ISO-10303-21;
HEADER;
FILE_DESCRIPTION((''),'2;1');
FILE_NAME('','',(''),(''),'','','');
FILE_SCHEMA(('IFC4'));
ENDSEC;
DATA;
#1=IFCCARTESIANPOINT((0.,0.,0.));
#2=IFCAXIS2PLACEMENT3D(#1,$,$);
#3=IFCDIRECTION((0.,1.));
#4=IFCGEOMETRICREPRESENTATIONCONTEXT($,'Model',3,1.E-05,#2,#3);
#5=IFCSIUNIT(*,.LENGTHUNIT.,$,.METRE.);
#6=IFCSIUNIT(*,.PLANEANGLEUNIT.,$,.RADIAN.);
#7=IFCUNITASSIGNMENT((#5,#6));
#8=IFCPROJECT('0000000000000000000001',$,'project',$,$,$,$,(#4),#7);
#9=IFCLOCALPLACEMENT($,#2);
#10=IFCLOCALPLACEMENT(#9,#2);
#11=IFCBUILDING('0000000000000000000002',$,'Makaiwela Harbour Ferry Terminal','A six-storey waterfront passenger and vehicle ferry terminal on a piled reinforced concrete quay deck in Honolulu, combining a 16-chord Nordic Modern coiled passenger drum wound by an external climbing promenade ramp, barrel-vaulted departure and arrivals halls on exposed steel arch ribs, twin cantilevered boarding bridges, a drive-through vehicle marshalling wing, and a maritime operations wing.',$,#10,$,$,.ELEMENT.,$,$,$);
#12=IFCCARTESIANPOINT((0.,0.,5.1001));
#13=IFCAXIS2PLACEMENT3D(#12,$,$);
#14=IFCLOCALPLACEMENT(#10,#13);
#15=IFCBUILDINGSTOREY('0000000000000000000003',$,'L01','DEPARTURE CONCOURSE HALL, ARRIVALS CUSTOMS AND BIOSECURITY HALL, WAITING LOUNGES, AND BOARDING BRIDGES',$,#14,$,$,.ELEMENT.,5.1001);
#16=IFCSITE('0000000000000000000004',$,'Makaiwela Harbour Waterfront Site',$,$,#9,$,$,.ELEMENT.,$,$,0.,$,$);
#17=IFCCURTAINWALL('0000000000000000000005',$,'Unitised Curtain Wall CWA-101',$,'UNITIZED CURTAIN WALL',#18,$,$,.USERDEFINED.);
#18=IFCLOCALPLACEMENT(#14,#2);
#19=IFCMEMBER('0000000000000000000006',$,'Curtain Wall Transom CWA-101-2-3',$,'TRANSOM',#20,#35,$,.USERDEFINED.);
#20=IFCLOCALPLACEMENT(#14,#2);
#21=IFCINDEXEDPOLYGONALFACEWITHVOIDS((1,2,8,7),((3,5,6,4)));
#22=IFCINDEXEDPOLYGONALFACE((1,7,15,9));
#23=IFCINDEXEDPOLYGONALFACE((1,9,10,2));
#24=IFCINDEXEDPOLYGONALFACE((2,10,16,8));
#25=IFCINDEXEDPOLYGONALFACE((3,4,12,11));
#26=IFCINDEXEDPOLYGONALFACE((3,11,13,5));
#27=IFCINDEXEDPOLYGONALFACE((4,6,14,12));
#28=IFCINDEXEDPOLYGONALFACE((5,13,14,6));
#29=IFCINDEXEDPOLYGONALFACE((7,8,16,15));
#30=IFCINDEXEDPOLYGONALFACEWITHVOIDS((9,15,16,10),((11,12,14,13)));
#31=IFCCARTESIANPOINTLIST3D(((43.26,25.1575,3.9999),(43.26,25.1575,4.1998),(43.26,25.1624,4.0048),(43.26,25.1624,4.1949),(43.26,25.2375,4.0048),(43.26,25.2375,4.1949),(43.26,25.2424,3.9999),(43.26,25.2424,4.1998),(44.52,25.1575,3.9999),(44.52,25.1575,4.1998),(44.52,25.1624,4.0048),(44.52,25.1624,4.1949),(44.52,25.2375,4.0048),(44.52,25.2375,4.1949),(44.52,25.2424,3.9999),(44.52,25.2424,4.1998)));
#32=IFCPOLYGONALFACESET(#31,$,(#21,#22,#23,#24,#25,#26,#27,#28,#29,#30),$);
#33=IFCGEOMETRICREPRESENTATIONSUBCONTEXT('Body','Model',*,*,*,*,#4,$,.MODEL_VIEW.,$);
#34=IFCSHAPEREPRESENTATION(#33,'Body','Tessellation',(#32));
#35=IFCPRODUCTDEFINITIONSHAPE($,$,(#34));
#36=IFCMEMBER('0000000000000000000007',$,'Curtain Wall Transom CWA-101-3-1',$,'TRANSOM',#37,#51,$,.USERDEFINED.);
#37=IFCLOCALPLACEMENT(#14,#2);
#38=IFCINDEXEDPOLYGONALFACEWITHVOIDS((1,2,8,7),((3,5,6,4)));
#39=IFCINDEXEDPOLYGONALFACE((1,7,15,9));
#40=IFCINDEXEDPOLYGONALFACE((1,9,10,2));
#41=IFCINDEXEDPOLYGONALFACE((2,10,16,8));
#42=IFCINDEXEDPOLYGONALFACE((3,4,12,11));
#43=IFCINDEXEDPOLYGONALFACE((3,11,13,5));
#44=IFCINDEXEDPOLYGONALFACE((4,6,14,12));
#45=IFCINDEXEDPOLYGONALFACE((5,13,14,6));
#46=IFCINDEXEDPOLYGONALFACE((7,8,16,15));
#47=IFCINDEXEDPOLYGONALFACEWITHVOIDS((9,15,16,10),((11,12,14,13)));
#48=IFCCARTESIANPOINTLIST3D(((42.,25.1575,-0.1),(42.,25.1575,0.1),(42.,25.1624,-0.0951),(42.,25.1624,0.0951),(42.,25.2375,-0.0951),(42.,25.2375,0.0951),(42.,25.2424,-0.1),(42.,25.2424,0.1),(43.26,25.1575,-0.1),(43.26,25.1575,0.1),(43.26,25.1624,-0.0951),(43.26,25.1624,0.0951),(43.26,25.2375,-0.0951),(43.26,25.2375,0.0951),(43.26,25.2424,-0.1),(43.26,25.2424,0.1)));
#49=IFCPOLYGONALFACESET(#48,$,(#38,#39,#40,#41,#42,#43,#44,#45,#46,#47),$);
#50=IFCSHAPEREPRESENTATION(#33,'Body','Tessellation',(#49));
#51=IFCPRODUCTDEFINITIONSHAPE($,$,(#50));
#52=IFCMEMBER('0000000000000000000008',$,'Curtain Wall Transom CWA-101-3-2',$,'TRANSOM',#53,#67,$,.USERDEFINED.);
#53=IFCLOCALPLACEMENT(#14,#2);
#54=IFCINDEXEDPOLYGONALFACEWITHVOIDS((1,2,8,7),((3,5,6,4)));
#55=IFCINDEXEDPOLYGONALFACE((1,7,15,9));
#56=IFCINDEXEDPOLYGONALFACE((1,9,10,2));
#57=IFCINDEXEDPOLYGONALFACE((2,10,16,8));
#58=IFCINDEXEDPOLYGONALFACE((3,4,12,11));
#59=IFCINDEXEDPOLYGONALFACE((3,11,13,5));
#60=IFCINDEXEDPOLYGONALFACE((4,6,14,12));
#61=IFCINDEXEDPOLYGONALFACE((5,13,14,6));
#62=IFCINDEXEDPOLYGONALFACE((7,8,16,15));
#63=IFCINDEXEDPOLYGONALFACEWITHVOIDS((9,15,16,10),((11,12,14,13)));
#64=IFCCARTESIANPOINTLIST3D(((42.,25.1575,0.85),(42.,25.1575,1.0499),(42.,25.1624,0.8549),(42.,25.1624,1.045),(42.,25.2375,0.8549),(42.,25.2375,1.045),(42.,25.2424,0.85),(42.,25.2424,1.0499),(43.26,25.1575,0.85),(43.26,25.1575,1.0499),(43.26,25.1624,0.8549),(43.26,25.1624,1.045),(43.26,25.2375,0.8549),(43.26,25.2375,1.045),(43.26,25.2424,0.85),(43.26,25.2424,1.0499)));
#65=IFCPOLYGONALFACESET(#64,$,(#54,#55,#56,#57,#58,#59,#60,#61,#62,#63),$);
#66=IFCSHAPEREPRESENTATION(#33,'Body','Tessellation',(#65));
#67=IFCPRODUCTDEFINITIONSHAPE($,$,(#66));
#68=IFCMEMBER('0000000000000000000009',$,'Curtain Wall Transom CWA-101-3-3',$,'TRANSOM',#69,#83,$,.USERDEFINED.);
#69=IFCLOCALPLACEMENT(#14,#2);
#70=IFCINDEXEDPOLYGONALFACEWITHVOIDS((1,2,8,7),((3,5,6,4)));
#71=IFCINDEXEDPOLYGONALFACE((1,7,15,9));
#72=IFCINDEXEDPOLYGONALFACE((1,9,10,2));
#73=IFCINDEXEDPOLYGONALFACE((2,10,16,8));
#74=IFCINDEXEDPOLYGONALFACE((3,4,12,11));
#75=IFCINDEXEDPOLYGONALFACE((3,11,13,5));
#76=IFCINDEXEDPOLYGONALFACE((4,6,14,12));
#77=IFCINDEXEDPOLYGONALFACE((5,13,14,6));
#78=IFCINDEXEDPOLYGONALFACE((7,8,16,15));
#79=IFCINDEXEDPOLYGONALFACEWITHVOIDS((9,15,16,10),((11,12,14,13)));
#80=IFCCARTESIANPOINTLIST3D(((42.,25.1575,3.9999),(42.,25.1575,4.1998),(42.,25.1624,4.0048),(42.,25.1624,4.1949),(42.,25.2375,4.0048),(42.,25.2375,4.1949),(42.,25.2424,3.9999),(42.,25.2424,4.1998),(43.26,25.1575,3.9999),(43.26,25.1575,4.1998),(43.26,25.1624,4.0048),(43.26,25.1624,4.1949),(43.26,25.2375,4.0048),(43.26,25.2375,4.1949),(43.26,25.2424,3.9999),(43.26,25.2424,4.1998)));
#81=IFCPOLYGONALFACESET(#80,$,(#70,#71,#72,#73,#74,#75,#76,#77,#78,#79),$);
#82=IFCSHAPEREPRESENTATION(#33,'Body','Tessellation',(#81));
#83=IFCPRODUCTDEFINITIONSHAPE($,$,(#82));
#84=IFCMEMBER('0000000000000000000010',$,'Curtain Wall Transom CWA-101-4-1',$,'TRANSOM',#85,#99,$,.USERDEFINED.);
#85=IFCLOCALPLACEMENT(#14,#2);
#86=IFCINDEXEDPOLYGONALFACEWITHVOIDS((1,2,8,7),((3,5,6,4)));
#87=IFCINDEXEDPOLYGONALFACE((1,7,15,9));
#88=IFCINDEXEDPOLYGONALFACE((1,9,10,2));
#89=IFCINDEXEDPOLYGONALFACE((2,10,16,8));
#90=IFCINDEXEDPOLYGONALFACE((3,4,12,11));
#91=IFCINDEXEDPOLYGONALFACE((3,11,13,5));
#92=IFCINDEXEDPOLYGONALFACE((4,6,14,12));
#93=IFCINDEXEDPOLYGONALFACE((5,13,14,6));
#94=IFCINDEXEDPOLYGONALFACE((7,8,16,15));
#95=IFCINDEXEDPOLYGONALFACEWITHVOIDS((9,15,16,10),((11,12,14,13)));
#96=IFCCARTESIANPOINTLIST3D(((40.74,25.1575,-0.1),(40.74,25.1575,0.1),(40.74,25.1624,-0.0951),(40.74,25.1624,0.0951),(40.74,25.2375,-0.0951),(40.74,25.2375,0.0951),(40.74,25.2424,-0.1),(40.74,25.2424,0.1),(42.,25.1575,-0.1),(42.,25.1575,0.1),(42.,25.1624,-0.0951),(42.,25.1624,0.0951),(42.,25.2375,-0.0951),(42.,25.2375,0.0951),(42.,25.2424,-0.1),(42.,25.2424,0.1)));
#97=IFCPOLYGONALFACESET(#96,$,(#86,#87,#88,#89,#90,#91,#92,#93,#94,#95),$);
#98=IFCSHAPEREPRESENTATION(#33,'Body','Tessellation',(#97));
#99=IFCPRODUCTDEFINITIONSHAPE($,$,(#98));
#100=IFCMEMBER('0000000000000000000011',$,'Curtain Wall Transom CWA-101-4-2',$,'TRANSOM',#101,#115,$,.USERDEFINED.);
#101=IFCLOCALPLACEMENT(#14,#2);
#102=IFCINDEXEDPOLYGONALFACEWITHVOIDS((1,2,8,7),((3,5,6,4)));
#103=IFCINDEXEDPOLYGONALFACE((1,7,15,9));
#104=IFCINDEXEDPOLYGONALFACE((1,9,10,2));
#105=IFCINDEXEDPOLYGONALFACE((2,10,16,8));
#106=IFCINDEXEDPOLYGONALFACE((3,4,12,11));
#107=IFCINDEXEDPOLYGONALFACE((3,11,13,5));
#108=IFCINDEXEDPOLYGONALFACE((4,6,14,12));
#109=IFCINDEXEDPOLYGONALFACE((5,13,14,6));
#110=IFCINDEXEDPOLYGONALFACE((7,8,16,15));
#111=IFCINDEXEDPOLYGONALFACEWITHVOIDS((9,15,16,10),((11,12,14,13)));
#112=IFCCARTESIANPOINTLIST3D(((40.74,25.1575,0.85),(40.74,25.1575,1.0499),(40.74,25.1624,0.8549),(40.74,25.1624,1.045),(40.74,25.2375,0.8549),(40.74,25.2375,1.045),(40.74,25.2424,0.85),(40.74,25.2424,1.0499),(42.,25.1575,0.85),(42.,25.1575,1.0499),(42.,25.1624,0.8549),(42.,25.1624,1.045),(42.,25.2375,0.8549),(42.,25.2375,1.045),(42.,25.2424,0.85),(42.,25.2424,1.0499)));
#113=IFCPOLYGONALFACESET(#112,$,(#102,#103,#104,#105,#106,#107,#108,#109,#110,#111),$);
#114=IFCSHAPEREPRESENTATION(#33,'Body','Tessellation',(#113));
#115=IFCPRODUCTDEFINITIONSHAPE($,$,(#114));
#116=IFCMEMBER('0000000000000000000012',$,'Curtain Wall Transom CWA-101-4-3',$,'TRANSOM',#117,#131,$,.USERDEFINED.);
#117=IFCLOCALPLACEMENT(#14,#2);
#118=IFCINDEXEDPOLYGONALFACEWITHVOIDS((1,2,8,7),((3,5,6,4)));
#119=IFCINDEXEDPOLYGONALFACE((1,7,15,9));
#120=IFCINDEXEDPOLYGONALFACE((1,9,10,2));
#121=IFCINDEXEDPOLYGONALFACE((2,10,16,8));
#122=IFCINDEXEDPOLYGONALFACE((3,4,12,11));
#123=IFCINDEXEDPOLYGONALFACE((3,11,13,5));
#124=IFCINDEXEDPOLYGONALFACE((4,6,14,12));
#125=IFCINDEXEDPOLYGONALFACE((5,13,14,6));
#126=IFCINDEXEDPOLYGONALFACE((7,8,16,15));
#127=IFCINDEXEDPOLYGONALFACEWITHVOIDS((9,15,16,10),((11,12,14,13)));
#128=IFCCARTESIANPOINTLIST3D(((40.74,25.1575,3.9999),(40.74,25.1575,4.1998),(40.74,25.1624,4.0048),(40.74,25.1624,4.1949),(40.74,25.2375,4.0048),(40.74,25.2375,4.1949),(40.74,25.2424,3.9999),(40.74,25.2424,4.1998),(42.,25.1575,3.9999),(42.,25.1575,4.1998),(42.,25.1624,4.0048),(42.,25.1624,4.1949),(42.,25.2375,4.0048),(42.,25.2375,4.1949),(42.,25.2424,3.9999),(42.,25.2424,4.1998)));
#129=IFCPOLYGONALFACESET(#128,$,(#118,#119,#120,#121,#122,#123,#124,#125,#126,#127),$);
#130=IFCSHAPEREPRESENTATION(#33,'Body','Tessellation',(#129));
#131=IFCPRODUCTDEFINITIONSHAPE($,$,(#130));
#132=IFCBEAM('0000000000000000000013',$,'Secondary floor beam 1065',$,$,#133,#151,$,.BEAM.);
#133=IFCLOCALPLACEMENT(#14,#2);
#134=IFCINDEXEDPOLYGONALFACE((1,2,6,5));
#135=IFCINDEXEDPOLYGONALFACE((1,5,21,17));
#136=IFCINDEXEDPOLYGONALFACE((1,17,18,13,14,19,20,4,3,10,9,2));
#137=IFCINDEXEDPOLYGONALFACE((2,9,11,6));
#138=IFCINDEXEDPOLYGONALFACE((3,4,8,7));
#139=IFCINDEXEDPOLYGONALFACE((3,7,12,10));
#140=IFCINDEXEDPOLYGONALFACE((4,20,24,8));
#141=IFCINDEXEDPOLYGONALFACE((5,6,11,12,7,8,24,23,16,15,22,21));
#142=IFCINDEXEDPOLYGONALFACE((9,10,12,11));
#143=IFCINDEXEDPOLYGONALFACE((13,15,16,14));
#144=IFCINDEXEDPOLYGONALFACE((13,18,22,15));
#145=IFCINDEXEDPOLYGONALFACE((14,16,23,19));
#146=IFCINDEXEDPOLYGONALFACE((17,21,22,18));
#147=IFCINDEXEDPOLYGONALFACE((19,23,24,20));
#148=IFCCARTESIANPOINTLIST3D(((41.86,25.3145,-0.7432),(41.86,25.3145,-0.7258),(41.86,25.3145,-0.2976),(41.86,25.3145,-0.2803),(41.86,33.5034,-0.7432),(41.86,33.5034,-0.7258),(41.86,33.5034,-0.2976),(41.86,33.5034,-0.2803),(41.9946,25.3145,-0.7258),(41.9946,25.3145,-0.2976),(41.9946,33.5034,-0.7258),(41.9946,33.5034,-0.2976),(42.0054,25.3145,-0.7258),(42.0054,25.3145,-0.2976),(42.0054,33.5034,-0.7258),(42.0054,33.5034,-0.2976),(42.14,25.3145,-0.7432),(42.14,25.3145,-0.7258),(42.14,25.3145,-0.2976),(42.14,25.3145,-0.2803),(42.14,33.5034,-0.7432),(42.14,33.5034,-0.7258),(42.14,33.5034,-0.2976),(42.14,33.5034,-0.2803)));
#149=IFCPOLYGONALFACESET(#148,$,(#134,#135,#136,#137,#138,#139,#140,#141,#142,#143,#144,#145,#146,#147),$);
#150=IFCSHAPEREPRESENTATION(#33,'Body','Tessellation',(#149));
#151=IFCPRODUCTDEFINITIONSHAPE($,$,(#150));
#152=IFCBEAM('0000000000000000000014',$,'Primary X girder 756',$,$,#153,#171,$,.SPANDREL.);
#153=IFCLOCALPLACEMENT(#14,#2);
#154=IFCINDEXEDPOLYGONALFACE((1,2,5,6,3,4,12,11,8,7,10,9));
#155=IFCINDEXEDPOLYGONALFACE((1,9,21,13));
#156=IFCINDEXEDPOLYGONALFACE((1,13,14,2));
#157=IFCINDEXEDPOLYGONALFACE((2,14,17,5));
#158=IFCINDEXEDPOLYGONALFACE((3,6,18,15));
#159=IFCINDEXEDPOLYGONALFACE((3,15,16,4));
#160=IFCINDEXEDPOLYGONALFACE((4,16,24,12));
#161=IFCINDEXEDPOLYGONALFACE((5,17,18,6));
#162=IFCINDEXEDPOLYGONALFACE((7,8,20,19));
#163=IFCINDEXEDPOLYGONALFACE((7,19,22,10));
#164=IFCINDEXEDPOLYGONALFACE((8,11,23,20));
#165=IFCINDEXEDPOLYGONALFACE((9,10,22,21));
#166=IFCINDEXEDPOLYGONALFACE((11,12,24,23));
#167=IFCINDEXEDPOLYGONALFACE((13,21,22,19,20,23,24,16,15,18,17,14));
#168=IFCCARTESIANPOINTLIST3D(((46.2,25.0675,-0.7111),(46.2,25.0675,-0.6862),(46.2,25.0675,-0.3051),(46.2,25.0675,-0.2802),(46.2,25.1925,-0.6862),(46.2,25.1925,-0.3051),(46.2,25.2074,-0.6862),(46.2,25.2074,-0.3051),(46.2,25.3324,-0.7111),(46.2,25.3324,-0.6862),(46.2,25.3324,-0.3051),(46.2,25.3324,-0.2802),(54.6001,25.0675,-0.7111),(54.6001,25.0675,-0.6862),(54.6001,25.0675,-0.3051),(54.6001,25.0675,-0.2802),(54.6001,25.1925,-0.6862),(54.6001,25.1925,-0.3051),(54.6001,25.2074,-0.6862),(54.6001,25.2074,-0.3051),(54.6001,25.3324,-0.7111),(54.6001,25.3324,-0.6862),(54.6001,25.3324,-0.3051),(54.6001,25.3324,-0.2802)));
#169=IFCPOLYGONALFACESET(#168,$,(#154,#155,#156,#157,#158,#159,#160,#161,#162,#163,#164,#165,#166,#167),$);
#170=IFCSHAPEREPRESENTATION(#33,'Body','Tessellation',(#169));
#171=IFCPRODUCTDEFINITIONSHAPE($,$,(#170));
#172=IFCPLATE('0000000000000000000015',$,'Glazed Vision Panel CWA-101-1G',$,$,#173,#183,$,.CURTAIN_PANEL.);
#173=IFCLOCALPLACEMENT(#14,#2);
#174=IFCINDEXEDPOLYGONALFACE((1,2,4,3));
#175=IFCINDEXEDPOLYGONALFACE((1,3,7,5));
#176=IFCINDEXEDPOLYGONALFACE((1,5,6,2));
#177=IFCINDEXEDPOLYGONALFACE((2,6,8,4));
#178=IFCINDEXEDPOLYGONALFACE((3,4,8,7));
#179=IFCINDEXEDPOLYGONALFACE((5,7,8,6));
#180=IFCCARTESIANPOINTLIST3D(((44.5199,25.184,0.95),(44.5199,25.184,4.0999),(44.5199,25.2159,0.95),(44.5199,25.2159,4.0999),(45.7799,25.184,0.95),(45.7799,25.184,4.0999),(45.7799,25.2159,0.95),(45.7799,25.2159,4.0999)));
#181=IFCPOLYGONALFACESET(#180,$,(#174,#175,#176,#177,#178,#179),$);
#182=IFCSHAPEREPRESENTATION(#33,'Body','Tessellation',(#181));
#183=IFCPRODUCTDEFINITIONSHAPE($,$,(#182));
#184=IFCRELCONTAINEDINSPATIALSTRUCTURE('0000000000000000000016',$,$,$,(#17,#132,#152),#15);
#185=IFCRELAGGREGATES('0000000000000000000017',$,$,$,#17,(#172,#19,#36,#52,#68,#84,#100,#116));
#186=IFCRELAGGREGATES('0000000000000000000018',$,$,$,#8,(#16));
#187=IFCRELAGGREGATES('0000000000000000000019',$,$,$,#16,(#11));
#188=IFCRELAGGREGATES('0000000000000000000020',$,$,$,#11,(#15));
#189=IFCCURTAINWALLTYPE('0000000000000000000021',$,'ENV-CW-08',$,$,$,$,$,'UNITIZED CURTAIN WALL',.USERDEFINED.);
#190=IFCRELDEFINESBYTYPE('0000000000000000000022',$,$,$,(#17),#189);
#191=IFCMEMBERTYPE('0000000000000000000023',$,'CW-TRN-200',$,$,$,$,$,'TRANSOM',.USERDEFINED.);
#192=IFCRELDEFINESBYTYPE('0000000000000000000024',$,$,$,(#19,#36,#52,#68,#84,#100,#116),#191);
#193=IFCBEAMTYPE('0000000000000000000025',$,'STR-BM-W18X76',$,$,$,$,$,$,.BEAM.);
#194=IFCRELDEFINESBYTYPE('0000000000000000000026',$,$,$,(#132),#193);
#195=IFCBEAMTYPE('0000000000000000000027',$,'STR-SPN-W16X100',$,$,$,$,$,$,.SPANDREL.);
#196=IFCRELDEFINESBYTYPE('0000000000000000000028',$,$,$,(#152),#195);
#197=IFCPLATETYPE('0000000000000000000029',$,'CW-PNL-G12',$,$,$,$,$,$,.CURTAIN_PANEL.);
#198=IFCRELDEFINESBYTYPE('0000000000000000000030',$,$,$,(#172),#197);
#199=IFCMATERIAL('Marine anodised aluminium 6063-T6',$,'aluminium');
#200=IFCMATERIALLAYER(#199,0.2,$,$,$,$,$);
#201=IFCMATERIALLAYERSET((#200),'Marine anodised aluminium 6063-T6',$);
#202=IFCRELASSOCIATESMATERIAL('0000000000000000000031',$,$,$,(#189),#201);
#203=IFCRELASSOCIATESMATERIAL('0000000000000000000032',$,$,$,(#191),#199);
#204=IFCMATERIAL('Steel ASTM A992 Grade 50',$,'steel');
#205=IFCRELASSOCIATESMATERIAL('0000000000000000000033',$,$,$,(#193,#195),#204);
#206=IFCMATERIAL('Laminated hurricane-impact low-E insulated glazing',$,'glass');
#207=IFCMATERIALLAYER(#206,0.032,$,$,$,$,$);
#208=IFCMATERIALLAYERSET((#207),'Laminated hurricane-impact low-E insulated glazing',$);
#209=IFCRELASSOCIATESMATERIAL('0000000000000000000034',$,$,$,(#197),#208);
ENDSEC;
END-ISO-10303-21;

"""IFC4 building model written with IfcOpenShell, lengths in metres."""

from ifc_helpers import new_model, si_unit, direction, frame, origin, origin_2d, place, context, subcontext, project, spatial, rectangle, hollow_rectangle, i_section, extrude, material, layer, layer_set, material_profile, profile_set, type_object, element, aggregate, save


model = new_model("IFC4")

# Units and contexts
model_context = context("Model", 3, precision=1e-05, world=origin(), true_north=direction((0.0, 1.0)))
body_context = subcontext(model_context, "Body", "Model", "MODEL_VIEW")
ifc_project = project(units=[si_unit("LENGTHUNIT", "METRE"), si_unit("PLANEANGLEUNIT", "RADIAN")], contexts=[model_context])

# Site, building, storey
site_placement = place(None, origin())
site = spatial("IfcSite", under=ifc_project, at=site_placement, Name="Makaiwela Harbour Waterfront Site", CompositionType="ELEMENT", RefElevation=0.0)
building_placement = place(site_placement, origin())
building = spatial("IfcBuilding", under=site, at=building_placement, Name="Makaiwela Harbour Ferry Terminal", Description="A six-storey waterfront passenger and vehicle ferry terminal on a piled reinforced concrete quay deck in Honolulu, combining a 16-chord Nordic Modern coiled passenger drum wound by an external climbing promenade ramp, barrel-vaulted departure and arrivals halls on exposed steel arch ribs, twin cantilevered boarding bridges, a drive-through vehicle marshalling wing, and a maritime operations wing.", CompositionType="ELEMENT")
storey_placement = place(building_placement, frame((0.0, 0.0, 5.1001)))
storey = spatial("IfcBuildingStorey", under=building, at=storey_placement, Name="L01", Description="DEPARTURE CONCOURSE HALL, ARRIVALS CUSTOMS AND BIOSECURITY HALL, WAITING LOUNGES, AND BOARDING BRIDGES", CompositionType="ELEMENT", Elevation=5.1001)

# Shared definitions
ifc_material_1 = material(Name="Steel ASTM A992 Grade 50", Category="steel")

# Curtain wall, members
ifc_material_2 = material(Name="Marine anodised aluminium 6063-T6", Category="aluminium")
ifc_layer_1 = layer(ifc_material_2, 0.2)
ifc_layer_set_1 = layer_set([ifc_layer_1], Name="Marine anodised aluminium 6063-T6")
curtain_wall_type = type_object("IfcCurtainWallType", Name="ENV-CW-08", ElementType="UNITIZED CURTAIN WALL", PredefinedType="USERDEFINED", material=ifc_layer_set_1)
curtain_wall_placement = place(storey_placement, origin())
curtain_wall = element("IfcCurtainWall", 1, at=curtain_wall_placement, inside=storey, type_object=curtain_wall_type, Name="Unitised Curtain Wall CWA-101", ObjectType="UNITIZED CURTAIN WALL", PredefinedType="USERDEFINED")
ifc_material_profile_1 = material_profile(ifc_material_2, hollow_rectangle(XDim=0.085, YDim=0.2, WallThickness=0.0049, at=origin_2d()), Name="CWT-200X85")
ifc_profile_set_1 = profile_set([ifc_material_profile_1], Name="Marine anodised aluminium 6063-T6")
member_type_1 = type_object("IfcMemberType", Name="CW-TRN-200", ElementType="TRANSOM", PredefinedType="USERDEFINED", material=ifc_profile_set_1)
member_1_placement = place(storey_placement, frame((44.52, 25.2, 4.0999), z_axis=(-1.0, 0.0, 0.0), x_axis=(0.0, -1.0, 0.0)))
member_1 = element("IfcMember", 2, at=member_1_placement, type_object=member_type_1, Name="Curtain Wall Transom CWA-101-2-3", ObjectType="TRANSOM", PredefinedType="USERDEFINED", context=body_context, shape_type="SweptSolid", body=[
    extrude(hollow_rectangle(XDim=0.085, YDim=0.2, WallThickness=0.0049, at=origin_2d()), origin(), (0.0, 0.0, 1.0), 1.26),
])
member_2_placement = place(storey_placement, frame((43.26, 25.2, 0.0), z_axis=(-1.0, 0.0, 0.0), x_axis=(0.0, -1.0, 0.0)))
member_2 = element("IfcMember", 3, at=member_2_placement, type_object=member_type_1, Name="Curtain Wall Transom CWA-101-3-1", ObjectType="TRANSOM", PredefinedType="USERDEFINED", context=body_context, shape_type="SweptSolid", body=[
    extrude(hollow_rectangle(XDim=0.085, YDim=0.2, WallThickness=0.0049, at=origin_2d()), origin(), (0.0, 0.0, 1.0), 1.26),
])
member_3_placement = place(storey_placement, frame((43.26, 25.2, 0.95), z_axis=(-1.0, 0.0, 0.0), x_axis=(0.0, -1.0, 0.0)))
member_3 = element("IfcMember", 4, at=member_3_placement, type_object=member_type_1, Name="Curtain Wall Transom CWA-101-3-2", ObjectType="TRANSOM", PredefinedType="USERDEFINED", context=body_context, shape_type="SweptSolid", body=[
    extrude(hollow_rectangle(XDim=0.085, YDim=0.2, WallThickness=0.0049, at=origin_2d()), origin(), (0.0, 0.0, 1.0), 1.26),
])
member_4_placement = place(storey_placement, frame((43.26, 25.2, 4.0999), z_axis=(-1.0, 0.0, 0.0), x_axis=(0.0, -1.0, 0.0)))
member_4 = element("IfcMember", 5, at=member_4_placement, type_object=member_type_1, Name="Curtain Wall Transom CWA-101-3-3", ObjectType="TRANSOM", PredefinedType="USERDEFINED", context=body_context, shape_type="SweptSolid", body=[
    extrude(hollow_rectangle(XDim=0.085, YDim=0.2, WallThickness=0.0049, at=origin_2d()), origin(), (0.0, 0.0, 1.0), 1.26),
])
member_5_placement = place(storey_placement, frame((42.0, 25.2, 0.0), z_axis=(-1.0, 0.0, 0.0), x_axis=(0.0, -1.0, 0.0)))
member_5 = element("IfcMember", 6, at=member_5_placement, type_object=member_type_1, Name="Curtain Wall Transom CWA-101-4-1", ObjectType="TRANSOM", PredefinedType="USERDEFINED", context=body_context, shape_type="SweptSolid", body=[
    extrude(hollow_rectangle(XDim=0.085, YDim=0.2, WallThickness=0.0049, at=origin_2d()), origin(), (0.0, 0.0, 1.0), 1.26),
])
member_6_placement = place(storey_placement, frame((42.0, 25.2, 0.95), z_axis=(-1.0, 0.0, 0.0), x_axis=(0.0, -1.0, 0.0)))
member_6 = element("IfcMember", 7, at=member_6_placement, type_object=member_type_1, Name="Curtain Wall Transom CWA-101-4-2", ObjectType="TRANSOM", PredefinedType="USERDEFINED", context=body_context, shape_type="SweptSolid", body=[
    extrude(hollow_rectangle(XDim=0.085, YDim=0.2, WallThickness=0.0049, at=origin_2d()), origin(), (0.0, 0.0, 1.0), 1.26),
])
member_7_placement = place(storey_placement, frame((42.0, 25.2, 4.0999), z_axis=(-1.0, 0.0, 0.0), x_axis=(0.0, -1.0, 0.0)))
member_7 = element("IfcMember", 8, at=member_7_placement, type_object=member_type_1, Name="Curtain Wall Transom CWA-101-4-3", ObjectType="TRANSOM", PredefinedType="USERDEFINED", context=body_context, shape_type="SweptSolid", body=[
    extrude(hollow_rectangle(XDim=0.085, YDim=0.2, WallThickness=0.0049, at=origin_2d()), origin(), (0.0, 0.0, 1.0), 1.26),
])

# Beams
ifc_material_profile_2 = material_profile(ifc_material_1, i_section(OverallWidth=0.28, OverallDepth=0.4629, WebThickness=0.0107, FlangeThickness=0.0173, at=origin_2d()), Name="W18X76")
ifc_profile_set_2 = profile_set([ifc_material_profile_2], Name="Steel ASTM A992 Grade 50")
beam_type_1 = type_object("IfcBeamType", Name="STR-BM-W18X76", PredefinedType="BEAM", material=ifc_profile_set_2)
beam_1_placement = place(storey_placement, frame((42.0, 25.3145, -0.5117), z_axis=(0.0, 1.0, 0.0), x_axis=(-1.0, 0.0, 0.0)))
element("IfcBeam", 9, at=beam_1_placement, inside=storey, type_object=beam_type_1, Name="Secondary floor beam 1065", PredefinedType="BEAM", context=body_context, shape_type="SweptSolid", body=[
    extrude(i_section(OverallWidth=0.28, OverallDepth=0.4629, WebThickness=0.0107, FlangeThickness=0.0173, at=origin_2d()), origin(), (0.0, 0.0, 1.0), 8.189),
])
ifc_material_profile_3 = material_profile(ifc_material_1, i_section(OverallWidth=0.2649, OverallDepth=0.4309, WebThickness=0.0149, FlangeThickness=0.0249, at=origin_2d()), Name="W16X100")
ifc_profile_set_3 = profile_set([ifc_material_profile_3], Name="Steel ASTM A992 Grade 50")
beam_type_2 = type_object("IfcBeamType", Name="STR-SPN-W16X100", PredefinedType="SPANDREL", material=ifc_profile_set_3)
beam_2_placement = place(storey_placement, frame((46.2, 25.2, -0.4956), z_axis=(1.0, 0.0, 0.0), x_axis=(0.0, 1.0, 0.0)))
element("IfcBeam", 10, at=beam_2_placement, inside=storey, type_object=beam_type_2, Name="Primary X girder 756", PredefinedType="SPANDREL", context=body_context, shape_type="SweptSolid", body=[
    extrude(i_section(OverallWidth=0.2649, OverallDepth=0.4309, WebThickness=0.0149, FlangeThickness=0.0249, at=origin_2d()), origin(), (0.0, 0.0, 1.0), 8.4001),
])

# Plate
ifc_material_3 = material(Name="Laminated hurricane-impact low-E insulated glazing", Category="glass")
ifc_layer_2 = layer(ifc_material_3, 0.032)
ifc_layer_set_2 = layer_set([ifc_layer_2], Name="Laminated hurricane-impact low-E insulated glazing")
plate_type_1 = type_object("IfcPlateType", Name="CW-PNL-G12", PredefinedType="CURTAIN_PANEL", material=ifc_layer_set_2)
plate_1_placement = place(storey_placement, frame((45.1499, 25.2, 0.95), z_axis=(0.0, 0.0, 1.0), x_axis=(-1.0, 0.0, 0.0)))
plate_1 = element("IfcPlate", 11, at=plate_1_placement, type_object=plate_type_1, Name="Glazed Vision Panel CWA-101-1G", PredefinedType="CURTAIN_PANEL", context=body_context, shape_type="SweptSolid", body=[
    extrude(rectangle(XDim=1.26, YDim=0.032, at=origin_2d()), origin(), (0.0, 0.0, 1.0), 3.1499),
])
aggregate(curtain_wall, [plate_1, member_1, member_2, member_3, member_4, member_5, member_6, member_7])

save(model, "model.ifc")
